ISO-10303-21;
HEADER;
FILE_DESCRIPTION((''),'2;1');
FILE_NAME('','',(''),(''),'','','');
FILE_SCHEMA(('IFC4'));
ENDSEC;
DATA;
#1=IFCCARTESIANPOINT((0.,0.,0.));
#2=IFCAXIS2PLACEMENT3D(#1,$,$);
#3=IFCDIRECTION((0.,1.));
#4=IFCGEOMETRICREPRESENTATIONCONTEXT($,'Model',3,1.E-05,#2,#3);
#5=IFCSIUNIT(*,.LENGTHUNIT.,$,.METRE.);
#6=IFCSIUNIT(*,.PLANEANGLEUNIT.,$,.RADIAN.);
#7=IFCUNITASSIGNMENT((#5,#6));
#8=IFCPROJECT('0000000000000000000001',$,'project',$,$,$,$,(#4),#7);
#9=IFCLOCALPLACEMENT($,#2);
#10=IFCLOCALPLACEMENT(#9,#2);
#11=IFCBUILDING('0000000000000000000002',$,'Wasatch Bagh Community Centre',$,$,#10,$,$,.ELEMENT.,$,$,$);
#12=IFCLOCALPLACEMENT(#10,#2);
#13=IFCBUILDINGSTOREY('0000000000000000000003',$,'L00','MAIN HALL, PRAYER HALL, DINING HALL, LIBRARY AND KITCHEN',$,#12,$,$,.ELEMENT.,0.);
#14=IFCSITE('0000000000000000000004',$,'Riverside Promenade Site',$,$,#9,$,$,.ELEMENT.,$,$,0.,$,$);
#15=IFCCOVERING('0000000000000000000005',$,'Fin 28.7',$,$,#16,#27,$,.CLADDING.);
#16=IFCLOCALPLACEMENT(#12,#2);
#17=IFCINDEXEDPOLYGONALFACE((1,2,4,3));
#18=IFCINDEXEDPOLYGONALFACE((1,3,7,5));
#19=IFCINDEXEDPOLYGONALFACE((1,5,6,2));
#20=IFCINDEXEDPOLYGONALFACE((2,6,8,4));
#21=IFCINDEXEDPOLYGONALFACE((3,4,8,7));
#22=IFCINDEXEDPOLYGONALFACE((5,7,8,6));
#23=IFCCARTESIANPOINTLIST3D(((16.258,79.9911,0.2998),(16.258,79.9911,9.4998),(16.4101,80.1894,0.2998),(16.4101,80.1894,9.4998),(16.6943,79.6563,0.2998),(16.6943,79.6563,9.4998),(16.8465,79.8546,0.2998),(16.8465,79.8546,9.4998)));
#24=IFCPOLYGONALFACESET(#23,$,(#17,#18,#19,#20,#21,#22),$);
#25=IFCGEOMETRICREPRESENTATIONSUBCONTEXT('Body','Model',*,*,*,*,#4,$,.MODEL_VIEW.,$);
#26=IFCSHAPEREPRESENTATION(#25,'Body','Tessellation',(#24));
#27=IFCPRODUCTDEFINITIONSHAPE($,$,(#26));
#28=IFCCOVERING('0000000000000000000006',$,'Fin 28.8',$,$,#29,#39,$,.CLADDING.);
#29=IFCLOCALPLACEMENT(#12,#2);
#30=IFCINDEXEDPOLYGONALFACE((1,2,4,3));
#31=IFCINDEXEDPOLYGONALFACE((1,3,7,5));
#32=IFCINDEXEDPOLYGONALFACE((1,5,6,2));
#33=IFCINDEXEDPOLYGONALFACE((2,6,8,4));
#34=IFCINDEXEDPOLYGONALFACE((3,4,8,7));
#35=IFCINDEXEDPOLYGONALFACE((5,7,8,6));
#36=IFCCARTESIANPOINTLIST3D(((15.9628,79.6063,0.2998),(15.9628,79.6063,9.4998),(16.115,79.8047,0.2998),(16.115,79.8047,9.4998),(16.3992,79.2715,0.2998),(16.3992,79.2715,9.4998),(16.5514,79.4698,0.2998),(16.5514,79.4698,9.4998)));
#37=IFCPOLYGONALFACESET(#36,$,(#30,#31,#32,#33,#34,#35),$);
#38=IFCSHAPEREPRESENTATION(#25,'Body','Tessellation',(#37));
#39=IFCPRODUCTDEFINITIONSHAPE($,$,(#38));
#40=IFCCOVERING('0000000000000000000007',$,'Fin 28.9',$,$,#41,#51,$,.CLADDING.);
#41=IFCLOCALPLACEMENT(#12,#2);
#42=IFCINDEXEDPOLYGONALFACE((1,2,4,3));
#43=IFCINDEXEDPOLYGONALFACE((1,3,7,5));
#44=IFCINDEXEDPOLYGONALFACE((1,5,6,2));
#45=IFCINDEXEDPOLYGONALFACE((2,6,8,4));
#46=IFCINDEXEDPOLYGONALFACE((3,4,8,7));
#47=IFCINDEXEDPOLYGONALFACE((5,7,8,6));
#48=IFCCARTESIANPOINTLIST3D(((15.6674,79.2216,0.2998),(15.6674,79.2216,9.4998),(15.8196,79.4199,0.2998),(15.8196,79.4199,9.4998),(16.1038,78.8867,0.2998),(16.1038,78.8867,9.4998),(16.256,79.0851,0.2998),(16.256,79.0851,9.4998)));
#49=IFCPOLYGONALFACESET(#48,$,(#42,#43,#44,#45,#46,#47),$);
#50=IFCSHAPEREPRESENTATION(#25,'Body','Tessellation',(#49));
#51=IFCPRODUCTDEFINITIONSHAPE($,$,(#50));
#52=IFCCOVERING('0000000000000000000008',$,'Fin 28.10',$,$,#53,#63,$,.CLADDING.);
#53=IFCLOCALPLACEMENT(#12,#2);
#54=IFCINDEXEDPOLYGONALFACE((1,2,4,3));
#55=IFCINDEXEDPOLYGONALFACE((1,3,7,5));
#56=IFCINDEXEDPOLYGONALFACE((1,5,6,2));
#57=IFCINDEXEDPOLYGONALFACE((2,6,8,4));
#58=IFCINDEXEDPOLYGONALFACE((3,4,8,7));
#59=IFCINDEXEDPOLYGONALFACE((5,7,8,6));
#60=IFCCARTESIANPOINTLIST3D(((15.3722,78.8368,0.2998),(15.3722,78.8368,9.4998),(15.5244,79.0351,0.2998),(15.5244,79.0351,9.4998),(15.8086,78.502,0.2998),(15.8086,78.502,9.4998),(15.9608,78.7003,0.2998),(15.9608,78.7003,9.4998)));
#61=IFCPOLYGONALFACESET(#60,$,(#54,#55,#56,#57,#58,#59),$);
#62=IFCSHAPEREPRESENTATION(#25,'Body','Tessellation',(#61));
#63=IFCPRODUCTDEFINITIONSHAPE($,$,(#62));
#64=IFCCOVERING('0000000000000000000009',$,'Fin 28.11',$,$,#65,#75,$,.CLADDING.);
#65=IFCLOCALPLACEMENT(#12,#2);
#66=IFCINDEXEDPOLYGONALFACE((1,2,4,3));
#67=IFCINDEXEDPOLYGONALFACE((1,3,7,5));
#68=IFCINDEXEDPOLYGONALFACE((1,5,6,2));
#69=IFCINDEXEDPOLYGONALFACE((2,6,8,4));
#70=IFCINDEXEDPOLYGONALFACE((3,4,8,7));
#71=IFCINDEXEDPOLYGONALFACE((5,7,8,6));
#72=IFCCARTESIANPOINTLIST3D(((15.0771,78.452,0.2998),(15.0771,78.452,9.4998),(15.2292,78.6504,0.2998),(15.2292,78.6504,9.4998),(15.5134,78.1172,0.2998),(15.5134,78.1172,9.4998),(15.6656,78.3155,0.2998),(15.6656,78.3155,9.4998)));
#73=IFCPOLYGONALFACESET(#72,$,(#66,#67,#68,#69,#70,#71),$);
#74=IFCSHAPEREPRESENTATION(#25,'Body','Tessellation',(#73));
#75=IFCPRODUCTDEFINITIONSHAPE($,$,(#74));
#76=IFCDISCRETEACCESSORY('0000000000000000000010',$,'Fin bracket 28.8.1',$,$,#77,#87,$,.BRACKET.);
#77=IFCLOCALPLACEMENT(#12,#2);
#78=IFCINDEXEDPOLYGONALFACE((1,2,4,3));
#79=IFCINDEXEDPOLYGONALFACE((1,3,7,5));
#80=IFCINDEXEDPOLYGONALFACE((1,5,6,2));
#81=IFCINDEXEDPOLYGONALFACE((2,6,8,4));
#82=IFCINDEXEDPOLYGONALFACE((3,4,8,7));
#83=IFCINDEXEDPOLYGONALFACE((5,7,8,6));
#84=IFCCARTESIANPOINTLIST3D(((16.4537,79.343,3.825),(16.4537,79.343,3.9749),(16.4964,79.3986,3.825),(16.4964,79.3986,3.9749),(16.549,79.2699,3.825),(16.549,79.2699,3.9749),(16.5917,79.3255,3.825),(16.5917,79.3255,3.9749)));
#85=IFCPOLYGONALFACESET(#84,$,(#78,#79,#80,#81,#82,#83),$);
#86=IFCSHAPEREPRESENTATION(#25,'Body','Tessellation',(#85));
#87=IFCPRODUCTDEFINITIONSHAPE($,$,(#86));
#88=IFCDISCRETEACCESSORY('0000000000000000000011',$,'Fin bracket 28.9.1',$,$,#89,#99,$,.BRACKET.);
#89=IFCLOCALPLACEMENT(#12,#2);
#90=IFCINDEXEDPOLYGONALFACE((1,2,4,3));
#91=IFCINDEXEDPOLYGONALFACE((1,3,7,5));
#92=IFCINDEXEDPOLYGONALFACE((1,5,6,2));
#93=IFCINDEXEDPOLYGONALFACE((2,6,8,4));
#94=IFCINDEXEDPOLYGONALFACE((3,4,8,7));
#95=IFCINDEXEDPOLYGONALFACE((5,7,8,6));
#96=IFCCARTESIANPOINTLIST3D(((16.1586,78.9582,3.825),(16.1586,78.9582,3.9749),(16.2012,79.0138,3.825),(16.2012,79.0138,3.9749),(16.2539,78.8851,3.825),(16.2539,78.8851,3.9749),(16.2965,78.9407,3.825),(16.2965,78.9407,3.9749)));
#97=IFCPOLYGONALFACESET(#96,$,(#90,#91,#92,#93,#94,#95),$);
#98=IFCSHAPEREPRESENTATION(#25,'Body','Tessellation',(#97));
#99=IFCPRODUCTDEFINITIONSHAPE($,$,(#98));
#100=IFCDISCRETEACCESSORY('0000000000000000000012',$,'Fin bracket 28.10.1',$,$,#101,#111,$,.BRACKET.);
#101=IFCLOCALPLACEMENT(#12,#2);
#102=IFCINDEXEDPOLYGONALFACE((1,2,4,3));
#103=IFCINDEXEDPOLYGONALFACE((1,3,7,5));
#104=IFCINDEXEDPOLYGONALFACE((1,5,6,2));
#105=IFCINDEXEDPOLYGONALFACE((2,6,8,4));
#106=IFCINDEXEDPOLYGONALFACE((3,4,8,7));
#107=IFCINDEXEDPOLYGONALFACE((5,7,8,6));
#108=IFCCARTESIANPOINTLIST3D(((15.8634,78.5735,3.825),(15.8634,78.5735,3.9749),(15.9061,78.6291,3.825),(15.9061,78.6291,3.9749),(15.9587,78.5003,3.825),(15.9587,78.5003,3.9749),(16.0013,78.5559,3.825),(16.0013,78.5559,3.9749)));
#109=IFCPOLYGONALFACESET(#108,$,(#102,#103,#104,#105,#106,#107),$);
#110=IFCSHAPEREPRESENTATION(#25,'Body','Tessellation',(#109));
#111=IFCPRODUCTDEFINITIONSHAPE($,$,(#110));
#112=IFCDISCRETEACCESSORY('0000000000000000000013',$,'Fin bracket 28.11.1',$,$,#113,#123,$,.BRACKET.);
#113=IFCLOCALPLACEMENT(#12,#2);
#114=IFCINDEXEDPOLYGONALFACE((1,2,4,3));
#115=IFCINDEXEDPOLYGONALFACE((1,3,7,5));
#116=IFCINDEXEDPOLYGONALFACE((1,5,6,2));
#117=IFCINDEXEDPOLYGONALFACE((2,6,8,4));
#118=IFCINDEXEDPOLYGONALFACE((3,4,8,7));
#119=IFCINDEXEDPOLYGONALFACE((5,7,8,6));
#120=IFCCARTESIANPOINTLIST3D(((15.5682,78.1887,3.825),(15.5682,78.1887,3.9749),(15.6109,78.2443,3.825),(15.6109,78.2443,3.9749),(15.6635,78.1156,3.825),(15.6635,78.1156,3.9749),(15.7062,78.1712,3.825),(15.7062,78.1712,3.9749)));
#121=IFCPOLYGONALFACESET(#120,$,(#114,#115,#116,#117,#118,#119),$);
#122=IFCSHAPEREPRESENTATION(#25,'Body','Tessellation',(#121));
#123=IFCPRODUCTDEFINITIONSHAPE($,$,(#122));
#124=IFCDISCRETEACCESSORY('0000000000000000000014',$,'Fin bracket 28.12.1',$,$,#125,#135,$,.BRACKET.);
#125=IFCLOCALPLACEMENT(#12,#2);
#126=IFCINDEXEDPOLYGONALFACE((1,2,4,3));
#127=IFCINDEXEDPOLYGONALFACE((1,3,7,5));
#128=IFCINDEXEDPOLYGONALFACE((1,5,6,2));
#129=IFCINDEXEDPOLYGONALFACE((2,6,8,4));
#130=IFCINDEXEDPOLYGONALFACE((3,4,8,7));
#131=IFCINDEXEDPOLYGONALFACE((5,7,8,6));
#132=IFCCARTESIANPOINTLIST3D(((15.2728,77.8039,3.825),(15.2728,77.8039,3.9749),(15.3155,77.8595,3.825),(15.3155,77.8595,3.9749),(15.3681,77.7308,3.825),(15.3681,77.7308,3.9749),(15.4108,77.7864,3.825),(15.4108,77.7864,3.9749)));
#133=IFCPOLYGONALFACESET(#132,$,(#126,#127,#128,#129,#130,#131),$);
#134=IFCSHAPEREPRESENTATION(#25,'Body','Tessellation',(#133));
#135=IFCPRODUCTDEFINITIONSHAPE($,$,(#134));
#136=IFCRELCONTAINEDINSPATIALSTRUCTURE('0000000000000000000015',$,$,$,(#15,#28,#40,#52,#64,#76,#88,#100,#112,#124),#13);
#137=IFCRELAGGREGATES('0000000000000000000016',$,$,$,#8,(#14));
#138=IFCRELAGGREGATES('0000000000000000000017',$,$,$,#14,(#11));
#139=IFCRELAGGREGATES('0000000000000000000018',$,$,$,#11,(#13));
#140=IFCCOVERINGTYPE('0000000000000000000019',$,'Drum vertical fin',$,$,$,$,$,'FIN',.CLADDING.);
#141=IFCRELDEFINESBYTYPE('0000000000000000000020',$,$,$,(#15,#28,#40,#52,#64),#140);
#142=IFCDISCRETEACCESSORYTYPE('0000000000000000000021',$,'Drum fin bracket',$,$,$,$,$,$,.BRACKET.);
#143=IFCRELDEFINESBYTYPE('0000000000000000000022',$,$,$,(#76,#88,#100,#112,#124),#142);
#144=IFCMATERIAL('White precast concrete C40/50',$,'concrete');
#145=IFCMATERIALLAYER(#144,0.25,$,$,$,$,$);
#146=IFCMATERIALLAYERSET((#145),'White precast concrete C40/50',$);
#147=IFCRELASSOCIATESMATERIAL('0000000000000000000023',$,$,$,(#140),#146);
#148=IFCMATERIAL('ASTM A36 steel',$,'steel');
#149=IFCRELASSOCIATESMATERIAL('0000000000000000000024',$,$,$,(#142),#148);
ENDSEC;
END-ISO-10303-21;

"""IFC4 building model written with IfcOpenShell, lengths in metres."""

from ifc_helpers import new_model, si_unit, direction, frame, origin, origin_2d, place, context, subcontext, project, spatial, rectangle, extrude, material, layer, layer_set, type_object, element, save


model = new_model("IFC4")

# Units and contexts
model_context = context("Model", 3, precision=1e-05, world=origin(), true_north=direction((0.0, 1.0)))
body_context = subcontext(model_context, "Body", "Model", "MODEL_VIEW")
ifc_project = project(units=[si_unit("LENGTHUNIT", "METRE"), si_unit("PLANEANGLEUNIT", "RADIAN")], contexts=[model_context])

# Site, building, storey
site_placement = place(None, origin())
site = spatial("IfcSite", under=ifc_project, at=site_placement, Name="Riverside Promenade Site", CompositionType="ELEMENT", RefElevation=0.0)
building_placement = place(site_placement, origin())
building = spatial("IfcBuilding", under=site, at=building_placement, Name="Wasatch Bagh Community Centre", CompositionType="ELEMENT")
storey_placement = place(building_placement, origin())
storey = spatial("IfcBuildingStorey", under=building, at=storey_placement, Name="L00", Description="MAIN HALL, PRAYER HALL, DINING HALL, LIBRARY AND KITCHEN", CompositionType="ELEMENT", Elevation=0.0)

# Coverings
ifc_material_1 = material(Name="White precast concrete C40/50", Category="concrete")
ifc_layer_1 = layer(ifc_material_1, 0.25)
ifc_layer_set_1 = layer_set([ifc_layer_1], Name="White precast concrete C40/50")
covering_type = type_object("IfcCoveringType", Name="Drum vertical fin", ElementType="FIN", PredefinedType="CLADDING", material=ifc_layer_set_1)
for number, where, z_axis, x_axis, name in (
    (1, (16.5522, 79.9229, 0.2998), (0.0, 0.0, 1.0), (-0.608761, -0.793353, 0.0), "Fin 28.7"),
    (2, (16.2571, 79.5381, 0.2998), (0.0, 0.0, 1.0), (-0.608761, -0.793353, 0.0), "Fin 28.8"),
    (3, (15.9617, 79.1533, 0.2998), (0.0, 0.0, 1.0), (-0.608761, -0.793353, 0.0), "Fin 28.9"),
    (4, (15.6665, 78.7686, 0.2998), (0.0, 0.0, 1.0), (-0.608761, -0.793353, 0.0), "Fin 28.10"),
    (5, (15.3713, 78.3838, 0.2998), (0.0, 0.0, 1.0), (-0.608761, -0.793353, 0.0), "Fin 28.11"),
):
    element("IfcCovering", number, at=place(storey_placement, frame(where, z_axis=z_axis, x_axis=x_axis)), inside=storey, type_object=covering_type, Name=name, PredefinedType="CLADDING", context=body_context, shape_type="SweptSolid", body=[
        extrude(rectangle(XDim=0.25, YDim=0.55, at=origin_2d()), origin(), (0.0, 0.0, 1.0), 9.2),
    ])

# Discrete accessories
ifc_material_2 = material(Name="ASTM A36 steel", Category="steel")
discrete_accessory_type = type_object("IfcDiscreteAccessoryType", Name="Drum fin bracket", PredefinedType="BRACKET", material=ifc_material_2)
for number, where, z_axis, x_axis, name in (
    (6, (16.5227, 79.3342, 3.825), (0.0, 0.0, 1.0), (-0.608761, -0.793353, 0.0), "Fin bracket 28.8.1"),
    (7, (16.2275, 78.9495, 3.825), (0.0, 0.0, 1.0), (-0.608761, -0.793353, 0.0), "Fin bracket 28.9.1"),
    (8, (15.9324, 78.5647, 3.825), (0.0, 0.0, 1.0), (-0.608761, -0.793353, 0.0), "Fin bracket 28.10.1"),
    (9, (15.6372, 78.1799, 3.825), (0.0, 0.0, 1.0), (-0.608761, -0.793353, 0.0), "Fin bracket 28.11.1"),
    (10, (15.3418, 77.7952, 3.825), (0.0, 0.0, 1.0), (-0.608761, -0.793353, 0.0), "Fin bracket 28.12.1"),
):
    element("IfcDiscreteAccessory", number, at=place(storey_placement, frame(where, z_axis=z_axis, x_axis=x_axis)), inside=storey, type_object=discrete_accessory_type, Name=name, PredefinedType="BRACKET", context=body_context, shape_type="SweptSolid", body=[
        extrude(rectangle(XDim=0.0701, YDim=0.1201, at=origin_2d()), origin(), (0.0, 0.0, 1.0), 0.1499),
    ])

save(model, "model.ifc")
